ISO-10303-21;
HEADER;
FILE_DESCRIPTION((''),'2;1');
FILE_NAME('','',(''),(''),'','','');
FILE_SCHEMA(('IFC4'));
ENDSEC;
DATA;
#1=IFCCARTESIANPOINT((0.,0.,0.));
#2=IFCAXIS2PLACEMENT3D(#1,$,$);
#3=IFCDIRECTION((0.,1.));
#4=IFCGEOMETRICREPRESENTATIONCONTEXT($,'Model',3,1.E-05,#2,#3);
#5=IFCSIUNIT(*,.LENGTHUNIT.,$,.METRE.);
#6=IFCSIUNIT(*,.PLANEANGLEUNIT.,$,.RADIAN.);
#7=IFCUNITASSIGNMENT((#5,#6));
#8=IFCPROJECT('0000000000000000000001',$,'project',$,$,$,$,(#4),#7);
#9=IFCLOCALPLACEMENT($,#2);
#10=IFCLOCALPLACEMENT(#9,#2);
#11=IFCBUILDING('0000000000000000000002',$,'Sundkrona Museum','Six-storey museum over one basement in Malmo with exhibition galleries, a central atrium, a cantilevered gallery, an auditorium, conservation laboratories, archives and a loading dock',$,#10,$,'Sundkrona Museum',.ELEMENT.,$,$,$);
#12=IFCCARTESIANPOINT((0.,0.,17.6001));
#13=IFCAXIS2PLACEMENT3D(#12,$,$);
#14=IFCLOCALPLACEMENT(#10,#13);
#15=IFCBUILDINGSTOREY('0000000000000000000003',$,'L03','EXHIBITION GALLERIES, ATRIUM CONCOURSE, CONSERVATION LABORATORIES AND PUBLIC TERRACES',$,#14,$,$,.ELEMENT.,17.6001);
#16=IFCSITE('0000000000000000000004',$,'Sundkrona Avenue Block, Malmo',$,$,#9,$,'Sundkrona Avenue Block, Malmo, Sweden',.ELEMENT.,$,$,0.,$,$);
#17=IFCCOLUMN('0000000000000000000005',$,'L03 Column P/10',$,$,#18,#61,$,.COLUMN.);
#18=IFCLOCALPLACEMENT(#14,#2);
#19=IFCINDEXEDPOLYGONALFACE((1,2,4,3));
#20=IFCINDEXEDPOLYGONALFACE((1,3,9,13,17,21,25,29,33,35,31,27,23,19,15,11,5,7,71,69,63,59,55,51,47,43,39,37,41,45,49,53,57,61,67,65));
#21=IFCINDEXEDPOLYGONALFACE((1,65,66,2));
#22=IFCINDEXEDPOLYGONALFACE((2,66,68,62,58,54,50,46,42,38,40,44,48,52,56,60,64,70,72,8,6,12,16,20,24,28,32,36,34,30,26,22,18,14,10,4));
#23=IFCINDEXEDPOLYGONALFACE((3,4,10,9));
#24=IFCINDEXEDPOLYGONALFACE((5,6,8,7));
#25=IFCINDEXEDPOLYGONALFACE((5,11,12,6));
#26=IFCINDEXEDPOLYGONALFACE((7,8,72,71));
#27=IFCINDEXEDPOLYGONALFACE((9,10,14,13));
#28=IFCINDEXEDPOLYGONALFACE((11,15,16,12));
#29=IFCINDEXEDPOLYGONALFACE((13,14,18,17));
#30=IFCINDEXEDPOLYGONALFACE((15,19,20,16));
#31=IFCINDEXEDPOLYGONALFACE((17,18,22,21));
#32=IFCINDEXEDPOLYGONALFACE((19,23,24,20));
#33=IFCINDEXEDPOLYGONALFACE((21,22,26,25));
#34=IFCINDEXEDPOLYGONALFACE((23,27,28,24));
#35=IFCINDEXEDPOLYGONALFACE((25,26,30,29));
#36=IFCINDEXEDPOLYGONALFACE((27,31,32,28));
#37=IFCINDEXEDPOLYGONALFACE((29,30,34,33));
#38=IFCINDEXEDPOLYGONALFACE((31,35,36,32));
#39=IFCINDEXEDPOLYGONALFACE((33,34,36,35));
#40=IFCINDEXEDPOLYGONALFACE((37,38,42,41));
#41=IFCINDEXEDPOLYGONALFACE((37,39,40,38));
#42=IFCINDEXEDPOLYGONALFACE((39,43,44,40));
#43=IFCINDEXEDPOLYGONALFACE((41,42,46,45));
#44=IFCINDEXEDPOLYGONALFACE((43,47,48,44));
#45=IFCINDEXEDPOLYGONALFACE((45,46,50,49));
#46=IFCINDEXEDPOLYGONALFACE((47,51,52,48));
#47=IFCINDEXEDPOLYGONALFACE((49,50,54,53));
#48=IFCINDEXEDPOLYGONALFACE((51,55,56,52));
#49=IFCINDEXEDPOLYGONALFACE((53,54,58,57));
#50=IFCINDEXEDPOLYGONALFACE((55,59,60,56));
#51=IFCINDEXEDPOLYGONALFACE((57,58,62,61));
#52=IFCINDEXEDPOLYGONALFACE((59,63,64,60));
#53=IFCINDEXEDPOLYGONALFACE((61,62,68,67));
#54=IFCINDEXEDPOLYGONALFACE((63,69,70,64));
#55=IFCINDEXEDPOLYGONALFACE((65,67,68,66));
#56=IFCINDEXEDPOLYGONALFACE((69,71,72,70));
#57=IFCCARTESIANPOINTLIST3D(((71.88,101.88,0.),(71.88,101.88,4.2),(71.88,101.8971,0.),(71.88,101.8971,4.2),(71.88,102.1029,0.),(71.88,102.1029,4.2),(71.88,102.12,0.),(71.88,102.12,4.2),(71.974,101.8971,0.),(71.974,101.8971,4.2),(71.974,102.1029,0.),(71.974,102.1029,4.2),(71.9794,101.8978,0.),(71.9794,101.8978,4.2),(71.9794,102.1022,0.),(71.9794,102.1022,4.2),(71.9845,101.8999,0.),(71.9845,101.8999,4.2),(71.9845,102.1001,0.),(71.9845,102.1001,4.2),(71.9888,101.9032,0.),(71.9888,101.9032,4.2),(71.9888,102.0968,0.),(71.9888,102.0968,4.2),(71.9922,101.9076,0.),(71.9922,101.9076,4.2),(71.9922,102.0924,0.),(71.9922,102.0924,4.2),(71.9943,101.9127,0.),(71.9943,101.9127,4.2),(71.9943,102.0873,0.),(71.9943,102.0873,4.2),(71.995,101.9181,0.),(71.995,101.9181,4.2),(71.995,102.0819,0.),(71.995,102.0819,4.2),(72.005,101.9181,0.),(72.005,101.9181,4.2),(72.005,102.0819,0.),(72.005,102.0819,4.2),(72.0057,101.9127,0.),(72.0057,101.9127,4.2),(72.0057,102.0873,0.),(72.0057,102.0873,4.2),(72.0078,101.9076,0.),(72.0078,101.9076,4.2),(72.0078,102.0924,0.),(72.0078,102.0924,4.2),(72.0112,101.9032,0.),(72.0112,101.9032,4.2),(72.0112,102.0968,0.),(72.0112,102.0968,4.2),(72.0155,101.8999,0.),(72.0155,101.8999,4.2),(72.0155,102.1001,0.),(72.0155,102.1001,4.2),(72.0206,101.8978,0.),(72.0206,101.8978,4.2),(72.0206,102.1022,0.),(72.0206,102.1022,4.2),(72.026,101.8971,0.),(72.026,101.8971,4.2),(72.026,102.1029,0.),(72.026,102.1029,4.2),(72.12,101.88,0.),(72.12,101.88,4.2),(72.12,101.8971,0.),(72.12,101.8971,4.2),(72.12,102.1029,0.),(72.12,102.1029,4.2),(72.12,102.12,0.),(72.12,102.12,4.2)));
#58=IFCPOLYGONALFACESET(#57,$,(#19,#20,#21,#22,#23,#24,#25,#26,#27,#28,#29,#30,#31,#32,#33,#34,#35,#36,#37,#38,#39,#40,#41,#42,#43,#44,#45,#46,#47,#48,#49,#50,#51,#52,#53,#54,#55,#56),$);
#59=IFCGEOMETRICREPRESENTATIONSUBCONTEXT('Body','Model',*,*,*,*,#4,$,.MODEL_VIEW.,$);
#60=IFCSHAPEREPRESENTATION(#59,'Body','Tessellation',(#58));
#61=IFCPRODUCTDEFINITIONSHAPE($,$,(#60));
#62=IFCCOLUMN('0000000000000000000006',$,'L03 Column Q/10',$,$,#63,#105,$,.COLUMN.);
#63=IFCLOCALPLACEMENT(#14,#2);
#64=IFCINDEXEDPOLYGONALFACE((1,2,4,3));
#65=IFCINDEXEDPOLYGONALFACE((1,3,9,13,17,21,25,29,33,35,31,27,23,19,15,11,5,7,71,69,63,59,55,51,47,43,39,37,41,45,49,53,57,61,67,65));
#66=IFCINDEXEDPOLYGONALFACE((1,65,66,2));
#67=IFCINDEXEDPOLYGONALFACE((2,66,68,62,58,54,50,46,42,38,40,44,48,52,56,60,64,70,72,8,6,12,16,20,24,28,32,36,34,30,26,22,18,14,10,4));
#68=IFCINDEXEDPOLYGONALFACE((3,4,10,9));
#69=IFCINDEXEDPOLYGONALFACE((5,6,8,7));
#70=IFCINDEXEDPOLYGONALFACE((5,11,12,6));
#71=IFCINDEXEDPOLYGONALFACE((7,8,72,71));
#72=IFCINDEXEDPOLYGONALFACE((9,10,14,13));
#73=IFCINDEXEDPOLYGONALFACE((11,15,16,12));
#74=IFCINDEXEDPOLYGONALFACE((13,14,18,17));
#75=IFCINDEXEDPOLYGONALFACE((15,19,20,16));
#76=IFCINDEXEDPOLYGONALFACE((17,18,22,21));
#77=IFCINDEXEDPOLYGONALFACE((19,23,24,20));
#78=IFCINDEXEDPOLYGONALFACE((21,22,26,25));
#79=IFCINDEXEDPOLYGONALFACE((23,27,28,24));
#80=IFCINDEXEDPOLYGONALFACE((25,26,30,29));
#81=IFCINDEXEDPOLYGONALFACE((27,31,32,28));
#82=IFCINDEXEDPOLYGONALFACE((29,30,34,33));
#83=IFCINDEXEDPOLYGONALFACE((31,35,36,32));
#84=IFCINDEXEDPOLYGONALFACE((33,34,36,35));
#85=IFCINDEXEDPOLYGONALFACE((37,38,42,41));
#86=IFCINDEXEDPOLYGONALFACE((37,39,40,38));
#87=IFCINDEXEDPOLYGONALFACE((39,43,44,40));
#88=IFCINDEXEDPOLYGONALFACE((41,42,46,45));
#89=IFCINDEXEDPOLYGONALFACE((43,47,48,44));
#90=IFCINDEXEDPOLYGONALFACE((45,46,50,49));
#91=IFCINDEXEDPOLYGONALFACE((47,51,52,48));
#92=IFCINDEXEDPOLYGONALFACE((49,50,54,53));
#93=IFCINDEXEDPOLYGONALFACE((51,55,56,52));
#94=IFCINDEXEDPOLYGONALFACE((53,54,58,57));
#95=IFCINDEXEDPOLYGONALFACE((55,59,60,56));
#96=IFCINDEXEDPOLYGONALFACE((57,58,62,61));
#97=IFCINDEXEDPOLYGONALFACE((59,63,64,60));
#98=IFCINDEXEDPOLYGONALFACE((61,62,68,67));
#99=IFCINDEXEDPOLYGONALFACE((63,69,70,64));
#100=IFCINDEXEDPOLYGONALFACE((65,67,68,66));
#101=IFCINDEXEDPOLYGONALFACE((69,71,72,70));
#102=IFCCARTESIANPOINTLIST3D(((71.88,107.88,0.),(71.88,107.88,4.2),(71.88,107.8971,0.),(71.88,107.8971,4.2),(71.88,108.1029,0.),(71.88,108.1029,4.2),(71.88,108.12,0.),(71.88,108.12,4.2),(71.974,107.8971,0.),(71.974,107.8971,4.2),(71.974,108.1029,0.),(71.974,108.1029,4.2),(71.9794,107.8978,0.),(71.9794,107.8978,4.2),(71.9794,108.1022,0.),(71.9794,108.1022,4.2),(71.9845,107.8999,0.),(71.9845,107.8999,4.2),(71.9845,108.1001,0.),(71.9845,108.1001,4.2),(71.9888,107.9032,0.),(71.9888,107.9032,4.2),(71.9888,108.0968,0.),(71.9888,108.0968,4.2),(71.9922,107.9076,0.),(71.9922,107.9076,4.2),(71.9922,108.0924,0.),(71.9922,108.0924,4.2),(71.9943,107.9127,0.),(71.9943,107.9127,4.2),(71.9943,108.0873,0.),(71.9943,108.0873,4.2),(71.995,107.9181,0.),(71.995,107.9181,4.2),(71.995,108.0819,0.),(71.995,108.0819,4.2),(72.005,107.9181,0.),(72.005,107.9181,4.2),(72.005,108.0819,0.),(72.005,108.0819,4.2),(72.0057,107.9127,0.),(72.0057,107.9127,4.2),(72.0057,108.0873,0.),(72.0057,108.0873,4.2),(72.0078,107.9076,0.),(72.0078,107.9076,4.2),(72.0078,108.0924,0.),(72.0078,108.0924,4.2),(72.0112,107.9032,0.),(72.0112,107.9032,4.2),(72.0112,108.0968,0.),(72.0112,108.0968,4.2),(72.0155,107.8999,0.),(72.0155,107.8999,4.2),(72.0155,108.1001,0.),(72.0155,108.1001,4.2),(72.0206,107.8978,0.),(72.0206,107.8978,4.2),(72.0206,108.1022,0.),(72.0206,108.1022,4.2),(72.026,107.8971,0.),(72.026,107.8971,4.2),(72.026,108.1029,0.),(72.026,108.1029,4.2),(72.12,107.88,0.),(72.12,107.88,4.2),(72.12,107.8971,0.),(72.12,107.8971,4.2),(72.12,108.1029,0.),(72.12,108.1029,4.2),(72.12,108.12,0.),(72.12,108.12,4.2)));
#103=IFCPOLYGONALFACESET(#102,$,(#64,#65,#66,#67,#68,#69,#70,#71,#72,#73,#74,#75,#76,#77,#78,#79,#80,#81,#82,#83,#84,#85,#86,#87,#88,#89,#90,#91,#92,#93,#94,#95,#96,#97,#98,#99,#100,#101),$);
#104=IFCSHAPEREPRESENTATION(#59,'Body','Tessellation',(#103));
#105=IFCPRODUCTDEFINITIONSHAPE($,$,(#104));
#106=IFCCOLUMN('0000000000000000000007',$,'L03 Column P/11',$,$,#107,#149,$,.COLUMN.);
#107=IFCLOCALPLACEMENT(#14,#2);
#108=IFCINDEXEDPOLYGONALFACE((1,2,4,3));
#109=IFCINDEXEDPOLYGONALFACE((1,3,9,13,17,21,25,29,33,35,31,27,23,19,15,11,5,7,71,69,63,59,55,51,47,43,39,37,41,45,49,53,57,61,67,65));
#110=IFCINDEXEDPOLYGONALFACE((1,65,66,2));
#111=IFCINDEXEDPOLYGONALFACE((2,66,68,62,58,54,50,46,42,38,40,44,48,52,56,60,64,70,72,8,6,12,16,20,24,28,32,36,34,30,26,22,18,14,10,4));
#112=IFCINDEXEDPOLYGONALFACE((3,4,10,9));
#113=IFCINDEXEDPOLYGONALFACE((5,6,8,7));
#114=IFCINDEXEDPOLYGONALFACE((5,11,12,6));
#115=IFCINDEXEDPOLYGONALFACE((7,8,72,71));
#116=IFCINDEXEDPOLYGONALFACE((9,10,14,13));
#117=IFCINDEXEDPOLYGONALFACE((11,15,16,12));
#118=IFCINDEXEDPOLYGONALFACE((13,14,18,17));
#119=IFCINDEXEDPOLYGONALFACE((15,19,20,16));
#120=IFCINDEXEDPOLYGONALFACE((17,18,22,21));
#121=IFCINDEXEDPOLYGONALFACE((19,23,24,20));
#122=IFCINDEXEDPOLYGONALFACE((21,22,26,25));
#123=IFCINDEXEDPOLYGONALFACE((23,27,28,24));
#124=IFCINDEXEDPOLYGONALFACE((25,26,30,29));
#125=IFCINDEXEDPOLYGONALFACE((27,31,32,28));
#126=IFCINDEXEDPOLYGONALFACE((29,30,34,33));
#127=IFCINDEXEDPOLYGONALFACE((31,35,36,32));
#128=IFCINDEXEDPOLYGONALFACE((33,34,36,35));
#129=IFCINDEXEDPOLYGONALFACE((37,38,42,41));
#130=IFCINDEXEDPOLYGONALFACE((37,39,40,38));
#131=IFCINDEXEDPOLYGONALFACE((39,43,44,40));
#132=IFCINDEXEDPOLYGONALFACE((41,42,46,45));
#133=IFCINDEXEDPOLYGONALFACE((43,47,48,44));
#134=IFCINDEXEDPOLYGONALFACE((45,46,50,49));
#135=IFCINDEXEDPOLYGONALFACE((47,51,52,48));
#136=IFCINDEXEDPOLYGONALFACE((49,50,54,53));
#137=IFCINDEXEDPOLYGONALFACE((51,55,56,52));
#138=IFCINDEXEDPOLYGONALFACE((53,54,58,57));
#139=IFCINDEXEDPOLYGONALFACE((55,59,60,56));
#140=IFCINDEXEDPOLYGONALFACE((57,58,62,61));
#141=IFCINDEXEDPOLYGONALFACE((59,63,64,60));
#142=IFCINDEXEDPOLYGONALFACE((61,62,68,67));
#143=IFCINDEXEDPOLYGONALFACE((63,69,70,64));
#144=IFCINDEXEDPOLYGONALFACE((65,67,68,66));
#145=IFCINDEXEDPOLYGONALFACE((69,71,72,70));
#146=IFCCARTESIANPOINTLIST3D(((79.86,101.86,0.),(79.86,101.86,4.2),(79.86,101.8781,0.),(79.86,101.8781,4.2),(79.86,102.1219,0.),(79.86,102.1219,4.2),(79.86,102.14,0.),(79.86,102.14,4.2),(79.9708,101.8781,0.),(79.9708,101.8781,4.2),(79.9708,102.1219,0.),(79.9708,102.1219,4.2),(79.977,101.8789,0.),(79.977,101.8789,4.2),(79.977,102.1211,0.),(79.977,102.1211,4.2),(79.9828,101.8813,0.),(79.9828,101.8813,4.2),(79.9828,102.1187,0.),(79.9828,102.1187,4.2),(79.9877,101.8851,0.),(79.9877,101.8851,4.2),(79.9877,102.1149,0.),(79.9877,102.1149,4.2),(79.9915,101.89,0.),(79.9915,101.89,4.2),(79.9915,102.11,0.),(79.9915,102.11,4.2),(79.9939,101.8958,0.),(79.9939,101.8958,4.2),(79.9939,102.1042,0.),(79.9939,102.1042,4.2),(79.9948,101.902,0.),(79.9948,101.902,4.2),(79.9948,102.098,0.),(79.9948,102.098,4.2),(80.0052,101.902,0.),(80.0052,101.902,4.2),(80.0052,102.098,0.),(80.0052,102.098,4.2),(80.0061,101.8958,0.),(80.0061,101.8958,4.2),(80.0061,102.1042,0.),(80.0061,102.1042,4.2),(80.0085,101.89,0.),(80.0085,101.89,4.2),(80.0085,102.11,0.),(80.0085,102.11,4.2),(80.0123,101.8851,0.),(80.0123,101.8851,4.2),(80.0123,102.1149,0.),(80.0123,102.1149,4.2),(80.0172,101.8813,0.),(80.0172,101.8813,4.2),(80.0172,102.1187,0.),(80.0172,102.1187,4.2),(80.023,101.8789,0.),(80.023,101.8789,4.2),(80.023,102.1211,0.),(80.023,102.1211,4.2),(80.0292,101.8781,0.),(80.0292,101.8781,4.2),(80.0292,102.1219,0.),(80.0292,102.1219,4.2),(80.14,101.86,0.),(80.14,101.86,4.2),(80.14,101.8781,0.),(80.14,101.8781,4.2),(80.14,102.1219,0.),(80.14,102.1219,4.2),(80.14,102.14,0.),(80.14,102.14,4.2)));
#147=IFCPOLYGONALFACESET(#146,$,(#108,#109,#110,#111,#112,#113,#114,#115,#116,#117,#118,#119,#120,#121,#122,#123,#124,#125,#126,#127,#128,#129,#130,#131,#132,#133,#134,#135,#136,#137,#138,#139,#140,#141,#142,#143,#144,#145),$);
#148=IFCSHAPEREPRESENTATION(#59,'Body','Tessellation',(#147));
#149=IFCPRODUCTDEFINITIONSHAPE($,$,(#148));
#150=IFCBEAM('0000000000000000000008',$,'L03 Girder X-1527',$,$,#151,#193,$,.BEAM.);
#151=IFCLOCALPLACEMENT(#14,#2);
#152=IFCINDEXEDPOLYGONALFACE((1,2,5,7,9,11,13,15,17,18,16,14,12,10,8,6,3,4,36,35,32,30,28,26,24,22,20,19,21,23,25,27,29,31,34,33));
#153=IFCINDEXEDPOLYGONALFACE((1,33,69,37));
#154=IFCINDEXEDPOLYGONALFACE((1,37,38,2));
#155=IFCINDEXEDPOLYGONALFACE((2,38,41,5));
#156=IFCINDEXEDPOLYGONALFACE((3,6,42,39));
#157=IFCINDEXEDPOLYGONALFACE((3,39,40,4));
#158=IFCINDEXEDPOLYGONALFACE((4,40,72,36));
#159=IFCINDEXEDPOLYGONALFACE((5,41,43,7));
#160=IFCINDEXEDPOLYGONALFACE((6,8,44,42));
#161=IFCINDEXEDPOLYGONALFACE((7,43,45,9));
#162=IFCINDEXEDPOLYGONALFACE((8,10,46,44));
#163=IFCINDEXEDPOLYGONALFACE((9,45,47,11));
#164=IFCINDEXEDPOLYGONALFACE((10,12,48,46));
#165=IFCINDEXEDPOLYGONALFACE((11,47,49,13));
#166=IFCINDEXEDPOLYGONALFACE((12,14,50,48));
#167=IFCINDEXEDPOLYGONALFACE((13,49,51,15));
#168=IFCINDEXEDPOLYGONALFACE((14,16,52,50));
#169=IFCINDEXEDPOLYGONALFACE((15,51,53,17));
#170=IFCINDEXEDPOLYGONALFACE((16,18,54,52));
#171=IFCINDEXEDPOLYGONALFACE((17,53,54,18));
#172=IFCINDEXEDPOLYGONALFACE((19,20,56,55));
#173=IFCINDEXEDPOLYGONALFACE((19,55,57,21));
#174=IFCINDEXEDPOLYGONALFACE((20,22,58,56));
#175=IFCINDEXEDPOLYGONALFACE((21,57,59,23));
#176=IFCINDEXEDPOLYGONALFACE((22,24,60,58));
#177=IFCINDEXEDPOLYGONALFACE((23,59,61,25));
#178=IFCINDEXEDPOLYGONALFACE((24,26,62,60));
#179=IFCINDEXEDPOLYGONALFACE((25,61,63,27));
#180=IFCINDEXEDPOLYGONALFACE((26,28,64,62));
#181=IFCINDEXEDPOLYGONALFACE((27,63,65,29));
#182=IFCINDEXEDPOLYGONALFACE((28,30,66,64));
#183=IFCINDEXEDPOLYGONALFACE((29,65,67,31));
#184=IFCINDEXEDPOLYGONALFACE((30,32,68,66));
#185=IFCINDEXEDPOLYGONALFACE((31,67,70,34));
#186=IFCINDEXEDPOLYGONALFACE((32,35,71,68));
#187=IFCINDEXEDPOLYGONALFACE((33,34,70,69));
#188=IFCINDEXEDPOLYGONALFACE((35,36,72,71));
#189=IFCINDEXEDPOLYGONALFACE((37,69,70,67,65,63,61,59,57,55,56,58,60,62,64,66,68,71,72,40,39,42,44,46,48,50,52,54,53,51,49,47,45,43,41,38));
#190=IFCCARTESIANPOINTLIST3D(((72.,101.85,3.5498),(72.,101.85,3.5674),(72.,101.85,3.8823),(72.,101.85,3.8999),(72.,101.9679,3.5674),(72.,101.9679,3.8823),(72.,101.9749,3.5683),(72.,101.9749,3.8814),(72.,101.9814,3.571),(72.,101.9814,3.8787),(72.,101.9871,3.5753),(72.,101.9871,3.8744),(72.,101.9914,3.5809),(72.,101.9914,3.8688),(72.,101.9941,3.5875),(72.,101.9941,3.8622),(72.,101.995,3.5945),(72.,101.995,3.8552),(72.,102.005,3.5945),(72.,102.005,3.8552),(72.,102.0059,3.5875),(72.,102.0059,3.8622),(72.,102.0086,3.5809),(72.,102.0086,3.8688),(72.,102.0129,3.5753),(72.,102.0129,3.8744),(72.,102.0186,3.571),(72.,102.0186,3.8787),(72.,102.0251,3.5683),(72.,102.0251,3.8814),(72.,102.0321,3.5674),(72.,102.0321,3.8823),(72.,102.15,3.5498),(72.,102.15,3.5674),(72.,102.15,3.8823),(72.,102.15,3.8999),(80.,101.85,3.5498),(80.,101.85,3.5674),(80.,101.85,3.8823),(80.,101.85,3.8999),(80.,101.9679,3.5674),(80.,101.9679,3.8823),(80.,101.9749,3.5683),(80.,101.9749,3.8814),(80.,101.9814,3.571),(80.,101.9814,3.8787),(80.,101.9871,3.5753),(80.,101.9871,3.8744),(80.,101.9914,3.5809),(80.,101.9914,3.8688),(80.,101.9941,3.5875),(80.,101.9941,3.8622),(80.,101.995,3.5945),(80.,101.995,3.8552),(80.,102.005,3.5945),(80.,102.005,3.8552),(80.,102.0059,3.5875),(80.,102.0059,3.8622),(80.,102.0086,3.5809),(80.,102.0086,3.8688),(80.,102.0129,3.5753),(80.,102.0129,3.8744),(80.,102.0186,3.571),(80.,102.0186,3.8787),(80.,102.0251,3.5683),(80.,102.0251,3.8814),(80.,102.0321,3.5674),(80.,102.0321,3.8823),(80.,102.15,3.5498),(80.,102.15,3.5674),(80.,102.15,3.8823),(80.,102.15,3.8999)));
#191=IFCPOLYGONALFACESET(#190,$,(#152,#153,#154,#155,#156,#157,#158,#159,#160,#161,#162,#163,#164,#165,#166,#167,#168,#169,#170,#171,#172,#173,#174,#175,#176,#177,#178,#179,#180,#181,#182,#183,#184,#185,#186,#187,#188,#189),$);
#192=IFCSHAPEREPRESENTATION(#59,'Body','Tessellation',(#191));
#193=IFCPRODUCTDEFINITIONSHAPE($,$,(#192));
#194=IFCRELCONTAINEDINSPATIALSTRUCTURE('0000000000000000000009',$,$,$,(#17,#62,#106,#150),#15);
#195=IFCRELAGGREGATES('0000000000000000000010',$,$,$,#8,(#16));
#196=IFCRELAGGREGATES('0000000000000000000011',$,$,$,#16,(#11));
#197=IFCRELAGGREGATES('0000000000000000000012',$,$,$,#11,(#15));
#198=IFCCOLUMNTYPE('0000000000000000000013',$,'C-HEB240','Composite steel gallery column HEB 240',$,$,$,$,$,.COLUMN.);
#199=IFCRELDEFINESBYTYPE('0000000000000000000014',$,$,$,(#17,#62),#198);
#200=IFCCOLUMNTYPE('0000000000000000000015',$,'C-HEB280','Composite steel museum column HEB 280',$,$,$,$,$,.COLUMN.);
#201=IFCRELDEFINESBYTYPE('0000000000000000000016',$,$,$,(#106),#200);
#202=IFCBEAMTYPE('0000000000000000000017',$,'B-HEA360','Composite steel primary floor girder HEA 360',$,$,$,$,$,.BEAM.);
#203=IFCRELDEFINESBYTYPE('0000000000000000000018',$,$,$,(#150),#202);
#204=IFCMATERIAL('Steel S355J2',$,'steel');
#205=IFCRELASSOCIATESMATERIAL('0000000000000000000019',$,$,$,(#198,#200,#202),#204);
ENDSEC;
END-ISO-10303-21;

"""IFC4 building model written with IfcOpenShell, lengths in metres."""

from ifc_helpers import new_model, si_unit, direction, frame, origin, origin_2d, place, context, subcontext, project, spatial, i_section, extrude, material, material_profile, profile_set, type_object, element, save


model = new_model("IFC4")

# Units and contexts
model_context = context("Model", 3, precision=1e-05, world=origin(), true_north=direction((0.0, 1.0)))
body_context = subcontext(model_context, "Body", "Model", "MODEL_VIEW")
ifc_project = project(units=[si_unit("LENGTHUNIT", "METRE"), si_unit("PLANEANGLEUNIT", "RADIAN")], contexts=[model_context])

# Site, building, storey
site_placement = place(None, origin())
site = spatial("IfcSite", under=ifc_project, at=site_placement, Name="Sundkrona Avenue Block, Malmo", LongName="Sundkrona Avenue Block, Malmo, Sweden", CompositionType="ELEMENT", RefElevation=0.0)
building_placement = place(site_placement, origin())
building = spatial("IfcBuilding", under=site, at=building_placement, Name="Sundkrona Museum", Description="Six-storey museum over one basement in Malmo with exhibition galleries, a central atrium, a cantilevered gallery, an auditorium, conservation laboratories, archives and a loading dock", LongName="Sundkrona Museum", CompositionType="ELEMENT")
storey_placement = place(building_placement, frame((0.0, 0.0, 17.6001)))
storey = spatial("IfcBuildingStorey", under=building, at=storey_placement, Name="L03", Description="EXHIBITION GALLERIES, ATRIUM CONCOURSE, CONSERVATION LABORATORIES AND PUBLIC TERRACES", CompositionType="ELEMENT", Elevation=17.6001)

# Columns
ifc_material_1 = material(Name="Steel S355J2", Category="steel")
ifc_material_profile_1 = material_profile(ifc_material_1, i_section(OverallWidth=0.24, OverallDepth=0.24, WebThickness=0.01, FlangeThickness=0.0171, FilletRadius=0.021, at=origin_2d()), Name="HEB 240")
ifc_profile_set_1 = profile_set([ifc_material_profile_1], Name="Steel S355J2")
column_type_1 = type_object("IfcColumnType", Name="C-HEB240", Description="Composite steel gallery column HEB 240", PredefinedType="COLUMN", material=ifc_profile_set_1)
for number, where, z_axis, x_axis, name in (
    (1, (72.0, 102.0, 0.0), (0.0, 0.0, 1.0), (1.0, 0.0, 0.0), "L03 Column P/10"),
    (2, (72.0, 108.0, 0.0), (0.0, 0.0, 1.0), (1.0, 0.0, 0.0), "L03 Column Q/10"),
):
    element("IfcColumn", number, at=place(storey_placement, frame(where, z_axis=z_axis, x_axis=x_axis)), inside=storey, type_object=column_type_1, Name=name, PredefinedType="COLUMN", context=body_context, shape_type="SweptSolid", body=[
        extrude(i_section(OverallWidth=0.24, OverallDepth=0.24, WebThickness=0.01, FlangeThickness=0.0171, FilletRadius=0.021, at=origin_2d()), origin(), (0.0, 0.0, 1.0), 4.2),
    ])
ifc_material_profile_2 = material_profile(ifc_material_1, i_section(OverallWidth=0.28, OverallDepth=0.28, WebThickness=0.0105, FlangeThickness=0.0181, FilletRadius=0.0239, at=origin_2d()), Name="HEB 280")
ifc_profile_set_2 = profile_set([ifc_material_profile_2], Name="Steel S355J2")
column_type_2 = type_object("IfcColumnType", Name="C-HEB280", Description="Composite steel museum column HEB 280", PredefinedType="COLUMN", material=ifc_profile_set_2)
column_placement = place(storey_placement, frame((80.0, 102.0, 0.0), z_axis=(0.0, 0.0, 1.0), x_axis=(1.0, 0.0, 0.0)))
element("IfcColumn", 3, at=column_placement, inside=storey, type_object=column_type_2, Name="L03 Column P/11", PredefinedType="COLUMN", context=body_context, shape_type="SweptSolid", body=[
    extrude(i_section(OverallWidth=0.28, OverallDepth=0.28, WebThickness=0.0105, FlangeThickness=0.0181, FilletRadius=0.0239, at=origin_2d()), origin(), (0.0, 0.0, 1.0), 4.2),
])

# Beam
ifc_material_profile_3 = material_profile(ifc_material_1, i_section(OverallWidth=0.3, OverallDepth=0.3501, WebThickness=0.01, FlangeThickness=0.0176, FilletRadius=0.0271, at=origin_2d()), Name="HEA 360")
ifc_profile_set_3 = profile_set([ifc_material_profile_3], Name="Steel S355J2")
beam_type_1 = type_object("IfcBeamType", Name="B-HEA360", Description="Composite steel primary floor girder HEA 360", PredefinedType="BEAM", material=ifc_profile_set_3)
beam_1_placement = place(storey_placement, frame((72.0, 102.0, 3.7249), z_axis=(1.0, 0.0, 0.0), x_axis=(0.0, 1.0, 0.0)))
element("IfcBeam", 4, at=beam_1_placement, inside=storey, type_object=beam_type_1, Name="L03 Girder X-1527", PredefinedType="BEAM", context=body_context, shape_type="SweptSolid", body=[
    extrude(i_section(OverallWidth=0.3, OverallDepth=0.3501, WebThickness=0.01, FlangeThickness=0.0176, FilletRadius=0.0271, at=origin_2d()), origin(), (0.0, 0.0, 1.0), 8.0),
])

save(model, "model.ifc")
